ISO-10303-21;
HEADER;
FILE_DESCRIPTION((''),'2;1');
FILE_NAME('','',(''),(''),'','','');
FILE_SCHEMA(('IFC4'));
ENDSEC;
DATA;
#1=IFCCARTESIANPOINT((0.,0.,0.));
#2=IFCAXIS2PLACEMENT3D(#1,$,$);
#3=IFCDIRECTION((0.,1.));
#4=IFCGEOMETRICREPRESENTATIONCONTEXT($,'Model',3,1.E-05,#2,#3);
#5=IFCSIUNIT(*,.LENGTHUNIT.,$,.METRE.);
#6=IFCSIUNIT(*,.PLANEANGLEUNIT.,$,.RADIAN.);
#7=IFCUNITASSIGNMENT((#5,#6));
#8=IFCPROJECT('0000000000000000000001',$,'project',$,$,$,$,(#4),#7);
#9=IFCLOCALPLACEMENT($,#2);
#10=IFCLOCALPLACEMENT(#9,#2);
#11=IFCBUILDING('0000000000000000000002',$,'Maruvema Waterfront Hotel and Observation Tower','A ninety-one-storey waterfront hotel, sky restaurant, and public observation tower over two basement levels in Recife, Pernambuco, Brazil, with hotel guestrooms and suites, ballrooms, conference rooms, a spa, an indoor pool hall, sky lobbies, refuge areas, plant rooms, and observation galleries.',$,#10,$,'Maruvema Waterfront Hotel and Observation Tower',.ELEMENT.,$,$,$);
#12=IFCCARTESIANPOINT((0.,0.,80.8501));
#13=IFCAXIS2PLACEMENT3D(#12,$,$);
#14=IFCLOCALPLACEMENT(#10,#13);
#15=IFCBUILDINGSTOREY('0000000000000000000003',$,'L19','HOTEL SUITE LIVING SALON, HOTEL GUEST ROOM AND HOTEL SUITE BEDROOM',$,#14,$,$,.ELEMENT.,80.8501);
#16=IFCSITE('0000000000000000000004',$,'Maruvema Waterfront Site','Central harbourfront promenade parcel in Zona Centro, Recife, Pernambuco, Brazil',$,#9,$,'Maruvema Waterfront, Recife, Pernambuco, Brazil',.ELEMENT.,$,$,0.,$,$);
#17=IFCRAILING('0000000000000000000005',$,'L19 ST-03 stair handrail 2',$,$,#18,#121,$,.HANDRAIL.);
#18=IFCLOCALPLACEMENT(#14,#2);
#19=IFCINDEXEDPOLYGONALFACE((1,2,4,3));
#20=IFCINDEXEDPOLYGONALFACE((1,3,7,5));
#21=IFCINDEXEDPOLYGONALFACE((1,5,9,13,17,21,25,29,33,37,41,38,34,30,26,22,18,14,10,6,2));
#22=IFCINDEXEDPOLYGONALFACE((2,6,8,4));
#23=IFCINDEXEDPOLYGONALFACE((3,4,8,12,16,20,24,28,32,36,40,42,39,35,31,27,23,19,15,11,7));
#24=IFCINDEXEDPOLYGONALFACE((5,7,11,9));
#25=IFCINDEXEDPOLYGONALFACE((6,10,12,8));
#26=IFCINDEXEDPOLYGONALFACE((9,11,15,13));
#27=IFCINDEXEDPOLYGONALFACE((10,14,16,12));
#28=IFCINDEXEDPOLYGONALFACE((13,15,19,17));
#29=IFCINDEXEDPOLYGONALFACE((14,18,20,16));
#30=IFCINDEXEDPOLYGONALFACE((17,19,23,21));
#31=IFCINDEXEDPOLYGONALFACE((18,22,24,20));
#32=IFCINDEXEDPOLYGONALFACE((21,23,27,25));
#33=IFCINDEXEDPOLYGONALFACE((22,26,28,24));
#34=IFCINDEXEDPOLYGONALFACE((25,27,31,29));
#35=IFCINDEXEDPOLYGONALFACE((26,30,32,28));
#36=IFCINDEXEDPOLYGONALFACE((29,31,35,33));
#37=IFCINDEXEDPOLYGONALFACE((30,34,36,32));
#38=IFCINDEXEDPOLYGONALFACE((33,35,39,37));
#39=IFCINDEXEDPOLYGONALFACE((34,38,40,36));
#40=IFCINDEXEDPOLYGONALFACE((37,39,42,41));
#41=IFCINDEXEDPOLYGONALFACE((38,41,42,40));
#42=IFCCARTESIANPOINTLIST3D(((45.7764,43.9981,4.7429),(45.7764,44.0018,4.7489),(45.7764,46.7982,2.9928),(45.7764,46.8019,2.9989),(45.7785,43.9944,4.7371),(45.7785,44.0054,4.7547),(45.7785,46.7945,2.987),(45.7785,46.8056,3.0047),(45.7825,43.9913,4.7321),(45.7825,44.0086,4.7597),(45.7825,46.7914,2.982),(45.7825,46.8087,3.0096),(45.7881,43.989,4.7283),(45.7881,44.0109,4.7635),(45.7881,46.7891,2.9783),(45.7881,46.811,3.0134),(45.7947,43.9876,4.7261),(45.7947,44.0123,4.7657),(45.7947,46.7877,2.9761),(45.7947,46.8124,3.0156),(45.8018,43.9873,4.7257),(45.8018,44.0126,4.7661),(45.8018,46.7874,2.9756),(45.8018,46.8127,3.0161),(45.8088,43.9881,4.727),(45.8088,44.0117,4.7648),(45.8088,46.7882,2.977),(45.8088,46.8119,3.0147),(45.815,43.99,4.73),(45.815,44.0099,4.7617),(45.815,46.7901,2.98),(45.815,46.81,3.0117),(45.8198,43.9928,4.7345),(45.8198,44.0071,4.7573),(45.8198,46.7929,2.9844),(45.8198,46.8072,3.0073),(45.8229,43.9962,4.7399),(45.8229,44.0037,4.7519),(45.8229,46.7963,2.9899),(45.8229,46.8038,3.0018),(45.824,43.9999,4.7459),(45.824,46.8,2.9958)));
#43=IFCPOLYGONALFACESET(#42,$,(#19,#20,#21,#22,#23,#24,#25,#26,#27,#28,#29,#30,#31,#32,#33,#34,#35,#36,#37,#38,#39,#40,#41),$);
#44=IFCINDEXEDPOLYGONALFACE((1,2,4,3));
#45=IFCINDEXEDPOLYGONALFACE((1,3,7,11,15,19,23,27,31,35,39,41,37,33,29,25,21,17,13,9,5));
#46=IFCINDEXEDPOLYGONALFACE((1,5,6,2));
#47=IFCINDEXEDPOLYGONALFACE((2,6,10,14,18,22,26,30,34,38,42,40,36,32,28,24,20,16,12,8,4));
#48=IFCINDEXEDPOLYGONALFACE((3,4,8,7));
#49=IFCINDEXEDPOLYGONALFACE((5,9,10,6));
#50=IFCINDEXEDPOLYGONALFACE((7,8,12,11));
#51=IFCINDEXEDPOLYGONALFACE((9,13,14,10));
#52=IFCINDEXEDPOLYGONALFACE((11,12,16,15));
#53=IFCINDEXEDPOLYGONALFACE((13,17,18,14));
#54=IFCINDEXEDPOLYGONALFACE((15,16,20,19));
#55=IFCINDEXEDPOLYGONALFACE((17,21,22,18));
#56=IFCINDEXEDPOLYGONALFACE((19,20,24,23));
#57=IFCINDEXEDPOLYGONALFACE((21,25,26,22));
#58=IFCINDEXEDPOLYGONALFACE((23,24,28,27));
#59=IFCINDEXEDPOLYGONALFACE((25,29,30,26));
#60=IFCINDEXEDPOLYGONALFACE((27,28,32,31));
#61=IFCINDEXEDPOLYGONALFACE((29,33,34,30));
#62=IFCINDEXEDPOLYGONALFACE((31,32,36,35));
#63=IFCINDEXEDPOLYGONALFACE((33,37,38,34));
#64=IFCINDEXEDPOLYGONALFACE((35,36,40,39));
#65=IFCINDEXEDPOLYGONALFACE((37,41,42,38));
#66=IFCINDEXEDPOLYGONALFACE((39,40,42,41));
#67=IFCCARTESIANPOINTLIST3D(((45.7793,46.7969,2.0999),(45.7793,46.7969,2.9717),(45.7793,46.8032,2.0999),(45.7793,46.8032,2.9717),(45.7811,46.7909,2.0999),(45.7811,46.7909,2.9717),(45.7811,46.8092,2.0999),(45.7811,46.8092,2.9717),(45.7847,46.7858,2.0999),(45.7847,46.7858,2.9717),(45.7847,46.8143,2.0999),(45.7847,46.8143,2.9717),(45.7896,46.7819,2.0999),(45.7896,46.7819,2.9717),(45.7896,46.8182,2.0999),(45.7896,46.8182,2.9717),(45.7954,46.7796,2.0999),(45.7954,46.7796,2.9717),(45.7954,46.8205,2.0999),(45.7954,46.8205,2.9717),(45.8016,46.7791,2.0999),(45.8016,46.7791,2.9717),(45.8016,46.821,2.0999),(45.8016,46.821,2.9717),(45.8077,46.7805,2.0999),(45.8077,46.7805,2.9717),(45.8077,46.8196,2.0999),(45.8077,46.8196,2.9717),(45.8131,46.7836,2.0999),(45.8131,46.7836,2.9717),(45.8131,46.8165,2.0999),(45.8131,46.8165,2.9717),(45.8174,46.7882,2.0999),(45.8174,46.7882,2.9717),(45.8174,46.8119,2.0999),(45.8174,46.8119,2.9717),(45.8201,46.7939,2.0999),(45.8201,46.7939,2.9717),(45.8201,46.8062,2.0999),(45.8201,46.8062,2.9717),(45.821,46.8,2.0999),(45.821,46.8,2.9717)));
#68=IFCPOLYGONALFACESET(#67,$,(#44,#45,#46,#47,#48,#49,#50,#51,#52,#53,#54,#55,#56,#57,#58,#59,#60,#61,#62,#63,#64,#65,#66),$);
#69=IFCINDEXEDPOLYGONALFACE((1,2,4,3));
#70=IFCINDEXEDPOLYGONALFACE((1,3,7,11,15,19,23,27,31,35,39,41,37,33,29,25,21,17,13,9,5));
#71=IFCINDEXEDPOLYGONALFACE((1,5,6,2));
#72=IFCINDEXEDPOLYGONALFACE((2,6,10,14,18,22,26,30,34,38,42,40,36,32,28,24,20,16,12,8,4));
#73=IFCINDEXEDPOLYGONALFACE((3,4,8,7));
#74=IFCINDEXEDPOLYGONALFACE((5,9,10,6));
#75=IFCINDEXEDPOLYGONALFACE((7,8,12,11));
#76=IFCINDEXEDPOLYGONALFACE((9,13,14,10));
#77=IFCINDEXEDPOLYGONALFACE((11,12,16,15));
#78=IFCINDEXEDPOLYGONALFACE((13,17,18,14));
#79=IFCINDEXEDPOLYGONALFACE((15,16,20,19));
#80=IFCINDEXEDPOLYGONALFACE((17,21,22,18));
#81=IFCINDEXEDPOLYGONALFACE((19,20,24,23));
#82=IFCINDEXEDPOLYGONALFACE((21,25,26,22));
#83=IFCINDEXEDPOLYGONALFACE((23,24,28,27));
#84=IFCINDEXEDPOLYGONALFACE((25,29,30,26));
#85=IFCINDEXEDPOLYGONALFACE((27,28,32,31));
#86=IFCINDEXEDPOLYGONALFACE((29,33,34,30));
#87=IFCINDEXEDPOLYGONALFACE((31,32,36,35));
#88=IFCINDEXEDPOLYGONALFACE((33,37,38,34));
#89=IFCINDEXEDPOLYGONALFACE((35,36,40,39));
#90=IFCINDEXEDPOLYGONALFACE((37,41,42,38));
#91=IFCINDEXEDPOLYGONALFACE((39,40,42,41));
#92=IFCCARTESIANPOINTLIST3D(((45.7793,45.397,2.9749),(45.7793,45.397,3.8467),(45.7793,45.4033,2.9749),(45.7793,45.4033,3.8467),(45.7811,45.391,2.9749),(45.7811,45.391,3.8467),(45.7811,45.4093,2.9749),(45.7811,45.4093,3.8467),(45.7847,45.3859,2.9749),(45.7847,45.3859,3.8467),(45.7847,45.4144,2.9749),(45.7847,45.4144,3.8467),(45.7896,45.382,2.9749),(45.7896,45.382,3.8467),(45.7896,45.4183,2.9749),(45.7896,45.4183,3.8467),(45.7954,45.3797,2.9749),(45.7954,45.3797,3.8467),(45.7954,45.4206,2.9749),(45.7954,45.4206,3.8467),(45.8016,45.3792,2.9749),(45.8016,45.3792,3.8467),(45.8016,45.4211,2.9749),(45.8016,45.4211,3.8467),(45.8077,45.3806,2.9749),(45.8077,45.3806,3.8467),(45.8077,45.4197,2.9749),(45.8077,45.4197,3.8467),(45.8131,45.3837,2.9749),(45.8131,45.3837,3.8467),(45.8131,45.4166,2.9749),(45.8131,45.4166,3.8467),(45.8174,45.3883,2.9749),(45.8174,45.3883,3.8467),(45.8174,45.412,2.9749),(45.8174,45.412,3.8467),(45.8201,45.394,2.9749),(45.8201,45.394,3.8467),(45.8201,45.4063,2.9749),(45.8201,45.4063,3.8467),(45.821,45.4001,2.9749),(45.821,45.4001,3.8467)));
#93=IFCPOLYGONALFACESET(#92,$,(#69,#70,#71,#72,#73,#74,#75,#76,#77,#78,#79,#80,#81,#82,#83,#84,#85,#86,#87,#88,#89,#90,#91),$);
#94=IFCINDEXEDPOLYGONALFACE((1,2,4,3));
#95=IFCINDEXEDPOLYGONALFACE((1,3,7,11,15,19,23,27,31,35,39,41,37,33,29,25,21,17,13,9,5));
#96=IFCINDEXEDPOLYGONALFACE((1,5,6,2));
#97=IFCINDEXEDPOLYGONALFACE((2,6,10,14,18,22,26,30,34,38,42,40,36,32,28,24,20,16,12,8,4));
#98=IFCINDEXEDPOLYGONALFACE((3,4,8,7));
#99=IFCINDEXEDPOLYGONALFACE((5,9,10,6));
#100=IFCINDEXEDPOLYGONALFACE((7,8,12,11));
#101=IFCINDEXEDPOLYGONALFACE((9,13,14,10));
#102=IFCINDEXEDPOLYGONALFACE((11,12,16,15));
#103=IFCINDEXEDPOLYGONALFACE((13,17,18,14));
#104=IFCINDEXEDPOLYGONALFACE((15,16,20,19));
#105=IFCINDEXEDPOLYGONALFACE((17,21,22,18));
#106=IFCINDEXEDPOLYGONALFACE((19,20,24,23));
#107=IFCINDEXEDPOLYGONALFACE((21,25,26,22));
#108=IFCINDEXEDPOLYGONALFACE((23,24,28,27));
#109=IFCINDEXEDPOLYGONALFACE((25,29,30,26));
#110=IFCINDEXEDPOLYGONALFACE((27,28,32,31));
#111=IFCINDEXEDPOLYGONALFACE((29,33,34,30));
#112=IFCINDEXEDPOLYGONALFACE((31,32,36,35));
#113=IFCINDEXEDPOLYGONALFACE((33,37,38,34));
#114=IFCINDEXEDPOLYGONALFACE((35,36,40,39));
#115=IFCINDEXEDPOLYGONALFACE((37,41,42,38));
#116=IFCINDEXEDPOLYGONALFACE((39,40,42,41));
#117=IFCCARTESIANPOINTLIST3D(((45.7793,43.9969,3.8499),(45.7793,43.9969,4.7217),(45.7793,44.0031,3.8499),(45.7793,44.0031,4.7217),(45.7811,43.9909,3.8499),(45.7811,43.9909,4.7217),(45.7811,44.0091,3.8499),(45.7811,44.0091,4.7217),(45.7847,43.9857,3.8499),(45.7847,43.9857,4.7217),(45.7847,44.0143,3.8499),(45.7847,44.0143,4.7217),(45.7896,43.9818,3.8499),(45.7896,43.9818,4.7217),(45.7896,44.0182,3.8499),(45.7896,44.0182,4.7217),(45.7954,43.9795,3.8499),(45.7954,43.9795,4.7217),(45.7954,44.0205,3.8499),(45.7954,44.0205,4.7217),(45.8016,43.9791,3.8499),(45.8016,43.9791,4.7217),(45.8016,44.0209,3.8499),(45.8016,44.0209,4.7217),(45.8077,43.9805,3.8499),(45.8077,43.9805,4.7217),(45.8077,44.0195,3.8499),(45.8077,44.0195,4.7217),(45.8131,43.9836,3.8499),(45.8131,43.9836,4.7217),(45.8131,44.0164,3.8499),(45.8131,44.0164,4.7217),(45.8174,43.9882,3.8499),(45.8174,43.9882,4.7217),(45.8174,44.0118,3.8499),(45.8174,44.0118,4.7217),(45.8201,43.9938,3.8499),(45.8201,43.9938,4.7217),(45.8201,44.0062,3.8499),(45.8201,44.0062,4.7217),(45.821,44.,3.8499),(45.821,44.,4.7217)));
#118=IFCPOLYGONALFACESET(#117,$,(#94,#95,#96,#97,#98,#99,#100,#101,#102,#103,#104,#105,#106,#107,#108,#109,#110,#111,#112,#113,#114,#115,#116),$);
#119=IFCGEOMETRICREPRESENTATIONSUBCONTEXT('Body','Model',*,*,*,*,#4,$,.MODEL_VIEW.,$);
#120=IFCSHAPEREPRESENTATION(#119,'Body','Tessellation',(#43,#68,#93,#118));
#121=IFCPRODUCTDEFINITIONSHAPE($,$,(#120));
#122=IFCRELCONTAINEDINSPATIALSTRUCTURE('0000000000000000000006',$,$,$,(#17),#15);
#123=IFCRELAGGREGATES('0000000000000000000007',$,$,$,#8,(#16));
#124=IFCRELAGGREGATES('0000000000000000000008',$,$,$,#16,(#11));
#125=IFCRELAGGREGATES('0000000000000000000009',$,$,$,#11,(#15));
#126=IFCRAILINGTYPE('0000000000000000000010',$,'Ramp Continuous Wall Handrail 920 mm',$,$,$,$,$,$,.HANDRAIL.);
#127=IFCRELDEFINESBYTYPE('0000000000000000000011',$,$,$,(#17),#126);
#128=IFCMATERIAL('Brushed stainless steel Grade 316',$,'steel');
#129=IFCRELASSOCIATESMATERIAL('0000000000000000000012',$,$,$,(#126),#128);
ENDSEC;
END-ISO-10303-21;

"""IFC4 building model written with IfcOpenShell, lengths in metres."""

from ifc_helpers import new_model, si_unit, direction, frame, origin, origin_2d, place, context, subcontext, project, spatial, circle, extrude, material, type_object, element, save


model = new_model("IFC4")

# Units and contexts
model_context = context("Model", 3, precision=1e-05, world=origin(), true_north=direction((0.0, 1.0)))
body_context = subcontext(model_context, "Body", "Model", "MODEL_VIEW")
ifc_project = project(units=[si_unit("LENGTHUNIT", "METRE"), si_unit("PLANEANGLEUNIT", "RADIAN")], contexts=[model_context])

# Site, building, storey
site_placement = place(None, origin())
site = spatial("IfcSite", under=ifc_project, at=site_placement, Name="Maruvema Waterfront Site", Description="Central harbourfront promenade parcel in Zona Centro, Recife, Pernambuco, Brazil", LongName="Maruvema Waterfront, Recife, Pernambuco, Brazil", CompositionType="ELEMENT", RefElevation=0.0)
building_placement = place(site_placement, origin())
building = spatial("IfcBuilding", under=site, at=building_placement, Name="Maruvema Waterfront Hotel and Observation Tower", Description="A ninety-one-storey waterfront hotel, sky restaurant, and public observation tower over two basement levels in Recife, Pernambuco, Brazil, with hotel guestrooms and suites, ballrooms, conference rooms, a spa, an indoor pool hall, sky lobbies, refuge areas, plant rooms, and observation galleries.", LongName="Maruvema Waterfront Hotel and Observation Tower", CompositionType="ELEMENT")
storey_placement = place(building_placement, frame((0.0, 0.0, 80.8501)))
storey = spatial("IfcBuildingStorey", under=building, at=storey_placement, Name="L19", Description="HOTEL SUITE LIVING SALON, HOTEL GUEST ROOM AND HOTEL SUITE BEDROOM", CompositionType="ELEMENT", Elevation=80.8501)

# Railing
ifc_material_1 = material(Name="Brushed stainless steel Grade 316", Category="steel")
railing_type_1 = type_object("IfcRailingType", Name="Ramp Continuous Wall Handrail 920 mm", PredefinedType="HANDRAIL", material=ifc_material_1)
railing_1_placement = place(storey_placement, frame((45.8, 46.8, 2.0999)))
element("IfcRailing", 1, at=railing_1_placement, inside=storey, type_object=railing_type_1, Name="L19 ST-03 stair handrail 2", PredefinedType="HANDRAIL", context=body_context, shape_type="SweptSolid", body=[
    extrude(circle(Radius=0.0239, at=origin_2d()), frame((0.0, 0.0, 0.896), z_axis=(0.0, -0.848002, 0.529992), x_axis=(1.0, 0.0, 0.0)), (0.0, 0.0, 1.0), 3.302),
    extrude(circle(Radius=0.021, at=origin_2d()), origin(), (0.0, 0.0, 1.0), 0.8718),
    extrude(circle(Radius=0.021, at=origin_2d()), frame((0.0, -1.3999, 0.875)), (0.0, 0.0, 1.0), 0.8718),
    extrude(circle(Radius=0.021, at=origin_2d()), frame((0.0, -2.8, 1.75)), (0.0, 0.0, 1.0), 0.8718),
])

save(model, "model.ifc")
